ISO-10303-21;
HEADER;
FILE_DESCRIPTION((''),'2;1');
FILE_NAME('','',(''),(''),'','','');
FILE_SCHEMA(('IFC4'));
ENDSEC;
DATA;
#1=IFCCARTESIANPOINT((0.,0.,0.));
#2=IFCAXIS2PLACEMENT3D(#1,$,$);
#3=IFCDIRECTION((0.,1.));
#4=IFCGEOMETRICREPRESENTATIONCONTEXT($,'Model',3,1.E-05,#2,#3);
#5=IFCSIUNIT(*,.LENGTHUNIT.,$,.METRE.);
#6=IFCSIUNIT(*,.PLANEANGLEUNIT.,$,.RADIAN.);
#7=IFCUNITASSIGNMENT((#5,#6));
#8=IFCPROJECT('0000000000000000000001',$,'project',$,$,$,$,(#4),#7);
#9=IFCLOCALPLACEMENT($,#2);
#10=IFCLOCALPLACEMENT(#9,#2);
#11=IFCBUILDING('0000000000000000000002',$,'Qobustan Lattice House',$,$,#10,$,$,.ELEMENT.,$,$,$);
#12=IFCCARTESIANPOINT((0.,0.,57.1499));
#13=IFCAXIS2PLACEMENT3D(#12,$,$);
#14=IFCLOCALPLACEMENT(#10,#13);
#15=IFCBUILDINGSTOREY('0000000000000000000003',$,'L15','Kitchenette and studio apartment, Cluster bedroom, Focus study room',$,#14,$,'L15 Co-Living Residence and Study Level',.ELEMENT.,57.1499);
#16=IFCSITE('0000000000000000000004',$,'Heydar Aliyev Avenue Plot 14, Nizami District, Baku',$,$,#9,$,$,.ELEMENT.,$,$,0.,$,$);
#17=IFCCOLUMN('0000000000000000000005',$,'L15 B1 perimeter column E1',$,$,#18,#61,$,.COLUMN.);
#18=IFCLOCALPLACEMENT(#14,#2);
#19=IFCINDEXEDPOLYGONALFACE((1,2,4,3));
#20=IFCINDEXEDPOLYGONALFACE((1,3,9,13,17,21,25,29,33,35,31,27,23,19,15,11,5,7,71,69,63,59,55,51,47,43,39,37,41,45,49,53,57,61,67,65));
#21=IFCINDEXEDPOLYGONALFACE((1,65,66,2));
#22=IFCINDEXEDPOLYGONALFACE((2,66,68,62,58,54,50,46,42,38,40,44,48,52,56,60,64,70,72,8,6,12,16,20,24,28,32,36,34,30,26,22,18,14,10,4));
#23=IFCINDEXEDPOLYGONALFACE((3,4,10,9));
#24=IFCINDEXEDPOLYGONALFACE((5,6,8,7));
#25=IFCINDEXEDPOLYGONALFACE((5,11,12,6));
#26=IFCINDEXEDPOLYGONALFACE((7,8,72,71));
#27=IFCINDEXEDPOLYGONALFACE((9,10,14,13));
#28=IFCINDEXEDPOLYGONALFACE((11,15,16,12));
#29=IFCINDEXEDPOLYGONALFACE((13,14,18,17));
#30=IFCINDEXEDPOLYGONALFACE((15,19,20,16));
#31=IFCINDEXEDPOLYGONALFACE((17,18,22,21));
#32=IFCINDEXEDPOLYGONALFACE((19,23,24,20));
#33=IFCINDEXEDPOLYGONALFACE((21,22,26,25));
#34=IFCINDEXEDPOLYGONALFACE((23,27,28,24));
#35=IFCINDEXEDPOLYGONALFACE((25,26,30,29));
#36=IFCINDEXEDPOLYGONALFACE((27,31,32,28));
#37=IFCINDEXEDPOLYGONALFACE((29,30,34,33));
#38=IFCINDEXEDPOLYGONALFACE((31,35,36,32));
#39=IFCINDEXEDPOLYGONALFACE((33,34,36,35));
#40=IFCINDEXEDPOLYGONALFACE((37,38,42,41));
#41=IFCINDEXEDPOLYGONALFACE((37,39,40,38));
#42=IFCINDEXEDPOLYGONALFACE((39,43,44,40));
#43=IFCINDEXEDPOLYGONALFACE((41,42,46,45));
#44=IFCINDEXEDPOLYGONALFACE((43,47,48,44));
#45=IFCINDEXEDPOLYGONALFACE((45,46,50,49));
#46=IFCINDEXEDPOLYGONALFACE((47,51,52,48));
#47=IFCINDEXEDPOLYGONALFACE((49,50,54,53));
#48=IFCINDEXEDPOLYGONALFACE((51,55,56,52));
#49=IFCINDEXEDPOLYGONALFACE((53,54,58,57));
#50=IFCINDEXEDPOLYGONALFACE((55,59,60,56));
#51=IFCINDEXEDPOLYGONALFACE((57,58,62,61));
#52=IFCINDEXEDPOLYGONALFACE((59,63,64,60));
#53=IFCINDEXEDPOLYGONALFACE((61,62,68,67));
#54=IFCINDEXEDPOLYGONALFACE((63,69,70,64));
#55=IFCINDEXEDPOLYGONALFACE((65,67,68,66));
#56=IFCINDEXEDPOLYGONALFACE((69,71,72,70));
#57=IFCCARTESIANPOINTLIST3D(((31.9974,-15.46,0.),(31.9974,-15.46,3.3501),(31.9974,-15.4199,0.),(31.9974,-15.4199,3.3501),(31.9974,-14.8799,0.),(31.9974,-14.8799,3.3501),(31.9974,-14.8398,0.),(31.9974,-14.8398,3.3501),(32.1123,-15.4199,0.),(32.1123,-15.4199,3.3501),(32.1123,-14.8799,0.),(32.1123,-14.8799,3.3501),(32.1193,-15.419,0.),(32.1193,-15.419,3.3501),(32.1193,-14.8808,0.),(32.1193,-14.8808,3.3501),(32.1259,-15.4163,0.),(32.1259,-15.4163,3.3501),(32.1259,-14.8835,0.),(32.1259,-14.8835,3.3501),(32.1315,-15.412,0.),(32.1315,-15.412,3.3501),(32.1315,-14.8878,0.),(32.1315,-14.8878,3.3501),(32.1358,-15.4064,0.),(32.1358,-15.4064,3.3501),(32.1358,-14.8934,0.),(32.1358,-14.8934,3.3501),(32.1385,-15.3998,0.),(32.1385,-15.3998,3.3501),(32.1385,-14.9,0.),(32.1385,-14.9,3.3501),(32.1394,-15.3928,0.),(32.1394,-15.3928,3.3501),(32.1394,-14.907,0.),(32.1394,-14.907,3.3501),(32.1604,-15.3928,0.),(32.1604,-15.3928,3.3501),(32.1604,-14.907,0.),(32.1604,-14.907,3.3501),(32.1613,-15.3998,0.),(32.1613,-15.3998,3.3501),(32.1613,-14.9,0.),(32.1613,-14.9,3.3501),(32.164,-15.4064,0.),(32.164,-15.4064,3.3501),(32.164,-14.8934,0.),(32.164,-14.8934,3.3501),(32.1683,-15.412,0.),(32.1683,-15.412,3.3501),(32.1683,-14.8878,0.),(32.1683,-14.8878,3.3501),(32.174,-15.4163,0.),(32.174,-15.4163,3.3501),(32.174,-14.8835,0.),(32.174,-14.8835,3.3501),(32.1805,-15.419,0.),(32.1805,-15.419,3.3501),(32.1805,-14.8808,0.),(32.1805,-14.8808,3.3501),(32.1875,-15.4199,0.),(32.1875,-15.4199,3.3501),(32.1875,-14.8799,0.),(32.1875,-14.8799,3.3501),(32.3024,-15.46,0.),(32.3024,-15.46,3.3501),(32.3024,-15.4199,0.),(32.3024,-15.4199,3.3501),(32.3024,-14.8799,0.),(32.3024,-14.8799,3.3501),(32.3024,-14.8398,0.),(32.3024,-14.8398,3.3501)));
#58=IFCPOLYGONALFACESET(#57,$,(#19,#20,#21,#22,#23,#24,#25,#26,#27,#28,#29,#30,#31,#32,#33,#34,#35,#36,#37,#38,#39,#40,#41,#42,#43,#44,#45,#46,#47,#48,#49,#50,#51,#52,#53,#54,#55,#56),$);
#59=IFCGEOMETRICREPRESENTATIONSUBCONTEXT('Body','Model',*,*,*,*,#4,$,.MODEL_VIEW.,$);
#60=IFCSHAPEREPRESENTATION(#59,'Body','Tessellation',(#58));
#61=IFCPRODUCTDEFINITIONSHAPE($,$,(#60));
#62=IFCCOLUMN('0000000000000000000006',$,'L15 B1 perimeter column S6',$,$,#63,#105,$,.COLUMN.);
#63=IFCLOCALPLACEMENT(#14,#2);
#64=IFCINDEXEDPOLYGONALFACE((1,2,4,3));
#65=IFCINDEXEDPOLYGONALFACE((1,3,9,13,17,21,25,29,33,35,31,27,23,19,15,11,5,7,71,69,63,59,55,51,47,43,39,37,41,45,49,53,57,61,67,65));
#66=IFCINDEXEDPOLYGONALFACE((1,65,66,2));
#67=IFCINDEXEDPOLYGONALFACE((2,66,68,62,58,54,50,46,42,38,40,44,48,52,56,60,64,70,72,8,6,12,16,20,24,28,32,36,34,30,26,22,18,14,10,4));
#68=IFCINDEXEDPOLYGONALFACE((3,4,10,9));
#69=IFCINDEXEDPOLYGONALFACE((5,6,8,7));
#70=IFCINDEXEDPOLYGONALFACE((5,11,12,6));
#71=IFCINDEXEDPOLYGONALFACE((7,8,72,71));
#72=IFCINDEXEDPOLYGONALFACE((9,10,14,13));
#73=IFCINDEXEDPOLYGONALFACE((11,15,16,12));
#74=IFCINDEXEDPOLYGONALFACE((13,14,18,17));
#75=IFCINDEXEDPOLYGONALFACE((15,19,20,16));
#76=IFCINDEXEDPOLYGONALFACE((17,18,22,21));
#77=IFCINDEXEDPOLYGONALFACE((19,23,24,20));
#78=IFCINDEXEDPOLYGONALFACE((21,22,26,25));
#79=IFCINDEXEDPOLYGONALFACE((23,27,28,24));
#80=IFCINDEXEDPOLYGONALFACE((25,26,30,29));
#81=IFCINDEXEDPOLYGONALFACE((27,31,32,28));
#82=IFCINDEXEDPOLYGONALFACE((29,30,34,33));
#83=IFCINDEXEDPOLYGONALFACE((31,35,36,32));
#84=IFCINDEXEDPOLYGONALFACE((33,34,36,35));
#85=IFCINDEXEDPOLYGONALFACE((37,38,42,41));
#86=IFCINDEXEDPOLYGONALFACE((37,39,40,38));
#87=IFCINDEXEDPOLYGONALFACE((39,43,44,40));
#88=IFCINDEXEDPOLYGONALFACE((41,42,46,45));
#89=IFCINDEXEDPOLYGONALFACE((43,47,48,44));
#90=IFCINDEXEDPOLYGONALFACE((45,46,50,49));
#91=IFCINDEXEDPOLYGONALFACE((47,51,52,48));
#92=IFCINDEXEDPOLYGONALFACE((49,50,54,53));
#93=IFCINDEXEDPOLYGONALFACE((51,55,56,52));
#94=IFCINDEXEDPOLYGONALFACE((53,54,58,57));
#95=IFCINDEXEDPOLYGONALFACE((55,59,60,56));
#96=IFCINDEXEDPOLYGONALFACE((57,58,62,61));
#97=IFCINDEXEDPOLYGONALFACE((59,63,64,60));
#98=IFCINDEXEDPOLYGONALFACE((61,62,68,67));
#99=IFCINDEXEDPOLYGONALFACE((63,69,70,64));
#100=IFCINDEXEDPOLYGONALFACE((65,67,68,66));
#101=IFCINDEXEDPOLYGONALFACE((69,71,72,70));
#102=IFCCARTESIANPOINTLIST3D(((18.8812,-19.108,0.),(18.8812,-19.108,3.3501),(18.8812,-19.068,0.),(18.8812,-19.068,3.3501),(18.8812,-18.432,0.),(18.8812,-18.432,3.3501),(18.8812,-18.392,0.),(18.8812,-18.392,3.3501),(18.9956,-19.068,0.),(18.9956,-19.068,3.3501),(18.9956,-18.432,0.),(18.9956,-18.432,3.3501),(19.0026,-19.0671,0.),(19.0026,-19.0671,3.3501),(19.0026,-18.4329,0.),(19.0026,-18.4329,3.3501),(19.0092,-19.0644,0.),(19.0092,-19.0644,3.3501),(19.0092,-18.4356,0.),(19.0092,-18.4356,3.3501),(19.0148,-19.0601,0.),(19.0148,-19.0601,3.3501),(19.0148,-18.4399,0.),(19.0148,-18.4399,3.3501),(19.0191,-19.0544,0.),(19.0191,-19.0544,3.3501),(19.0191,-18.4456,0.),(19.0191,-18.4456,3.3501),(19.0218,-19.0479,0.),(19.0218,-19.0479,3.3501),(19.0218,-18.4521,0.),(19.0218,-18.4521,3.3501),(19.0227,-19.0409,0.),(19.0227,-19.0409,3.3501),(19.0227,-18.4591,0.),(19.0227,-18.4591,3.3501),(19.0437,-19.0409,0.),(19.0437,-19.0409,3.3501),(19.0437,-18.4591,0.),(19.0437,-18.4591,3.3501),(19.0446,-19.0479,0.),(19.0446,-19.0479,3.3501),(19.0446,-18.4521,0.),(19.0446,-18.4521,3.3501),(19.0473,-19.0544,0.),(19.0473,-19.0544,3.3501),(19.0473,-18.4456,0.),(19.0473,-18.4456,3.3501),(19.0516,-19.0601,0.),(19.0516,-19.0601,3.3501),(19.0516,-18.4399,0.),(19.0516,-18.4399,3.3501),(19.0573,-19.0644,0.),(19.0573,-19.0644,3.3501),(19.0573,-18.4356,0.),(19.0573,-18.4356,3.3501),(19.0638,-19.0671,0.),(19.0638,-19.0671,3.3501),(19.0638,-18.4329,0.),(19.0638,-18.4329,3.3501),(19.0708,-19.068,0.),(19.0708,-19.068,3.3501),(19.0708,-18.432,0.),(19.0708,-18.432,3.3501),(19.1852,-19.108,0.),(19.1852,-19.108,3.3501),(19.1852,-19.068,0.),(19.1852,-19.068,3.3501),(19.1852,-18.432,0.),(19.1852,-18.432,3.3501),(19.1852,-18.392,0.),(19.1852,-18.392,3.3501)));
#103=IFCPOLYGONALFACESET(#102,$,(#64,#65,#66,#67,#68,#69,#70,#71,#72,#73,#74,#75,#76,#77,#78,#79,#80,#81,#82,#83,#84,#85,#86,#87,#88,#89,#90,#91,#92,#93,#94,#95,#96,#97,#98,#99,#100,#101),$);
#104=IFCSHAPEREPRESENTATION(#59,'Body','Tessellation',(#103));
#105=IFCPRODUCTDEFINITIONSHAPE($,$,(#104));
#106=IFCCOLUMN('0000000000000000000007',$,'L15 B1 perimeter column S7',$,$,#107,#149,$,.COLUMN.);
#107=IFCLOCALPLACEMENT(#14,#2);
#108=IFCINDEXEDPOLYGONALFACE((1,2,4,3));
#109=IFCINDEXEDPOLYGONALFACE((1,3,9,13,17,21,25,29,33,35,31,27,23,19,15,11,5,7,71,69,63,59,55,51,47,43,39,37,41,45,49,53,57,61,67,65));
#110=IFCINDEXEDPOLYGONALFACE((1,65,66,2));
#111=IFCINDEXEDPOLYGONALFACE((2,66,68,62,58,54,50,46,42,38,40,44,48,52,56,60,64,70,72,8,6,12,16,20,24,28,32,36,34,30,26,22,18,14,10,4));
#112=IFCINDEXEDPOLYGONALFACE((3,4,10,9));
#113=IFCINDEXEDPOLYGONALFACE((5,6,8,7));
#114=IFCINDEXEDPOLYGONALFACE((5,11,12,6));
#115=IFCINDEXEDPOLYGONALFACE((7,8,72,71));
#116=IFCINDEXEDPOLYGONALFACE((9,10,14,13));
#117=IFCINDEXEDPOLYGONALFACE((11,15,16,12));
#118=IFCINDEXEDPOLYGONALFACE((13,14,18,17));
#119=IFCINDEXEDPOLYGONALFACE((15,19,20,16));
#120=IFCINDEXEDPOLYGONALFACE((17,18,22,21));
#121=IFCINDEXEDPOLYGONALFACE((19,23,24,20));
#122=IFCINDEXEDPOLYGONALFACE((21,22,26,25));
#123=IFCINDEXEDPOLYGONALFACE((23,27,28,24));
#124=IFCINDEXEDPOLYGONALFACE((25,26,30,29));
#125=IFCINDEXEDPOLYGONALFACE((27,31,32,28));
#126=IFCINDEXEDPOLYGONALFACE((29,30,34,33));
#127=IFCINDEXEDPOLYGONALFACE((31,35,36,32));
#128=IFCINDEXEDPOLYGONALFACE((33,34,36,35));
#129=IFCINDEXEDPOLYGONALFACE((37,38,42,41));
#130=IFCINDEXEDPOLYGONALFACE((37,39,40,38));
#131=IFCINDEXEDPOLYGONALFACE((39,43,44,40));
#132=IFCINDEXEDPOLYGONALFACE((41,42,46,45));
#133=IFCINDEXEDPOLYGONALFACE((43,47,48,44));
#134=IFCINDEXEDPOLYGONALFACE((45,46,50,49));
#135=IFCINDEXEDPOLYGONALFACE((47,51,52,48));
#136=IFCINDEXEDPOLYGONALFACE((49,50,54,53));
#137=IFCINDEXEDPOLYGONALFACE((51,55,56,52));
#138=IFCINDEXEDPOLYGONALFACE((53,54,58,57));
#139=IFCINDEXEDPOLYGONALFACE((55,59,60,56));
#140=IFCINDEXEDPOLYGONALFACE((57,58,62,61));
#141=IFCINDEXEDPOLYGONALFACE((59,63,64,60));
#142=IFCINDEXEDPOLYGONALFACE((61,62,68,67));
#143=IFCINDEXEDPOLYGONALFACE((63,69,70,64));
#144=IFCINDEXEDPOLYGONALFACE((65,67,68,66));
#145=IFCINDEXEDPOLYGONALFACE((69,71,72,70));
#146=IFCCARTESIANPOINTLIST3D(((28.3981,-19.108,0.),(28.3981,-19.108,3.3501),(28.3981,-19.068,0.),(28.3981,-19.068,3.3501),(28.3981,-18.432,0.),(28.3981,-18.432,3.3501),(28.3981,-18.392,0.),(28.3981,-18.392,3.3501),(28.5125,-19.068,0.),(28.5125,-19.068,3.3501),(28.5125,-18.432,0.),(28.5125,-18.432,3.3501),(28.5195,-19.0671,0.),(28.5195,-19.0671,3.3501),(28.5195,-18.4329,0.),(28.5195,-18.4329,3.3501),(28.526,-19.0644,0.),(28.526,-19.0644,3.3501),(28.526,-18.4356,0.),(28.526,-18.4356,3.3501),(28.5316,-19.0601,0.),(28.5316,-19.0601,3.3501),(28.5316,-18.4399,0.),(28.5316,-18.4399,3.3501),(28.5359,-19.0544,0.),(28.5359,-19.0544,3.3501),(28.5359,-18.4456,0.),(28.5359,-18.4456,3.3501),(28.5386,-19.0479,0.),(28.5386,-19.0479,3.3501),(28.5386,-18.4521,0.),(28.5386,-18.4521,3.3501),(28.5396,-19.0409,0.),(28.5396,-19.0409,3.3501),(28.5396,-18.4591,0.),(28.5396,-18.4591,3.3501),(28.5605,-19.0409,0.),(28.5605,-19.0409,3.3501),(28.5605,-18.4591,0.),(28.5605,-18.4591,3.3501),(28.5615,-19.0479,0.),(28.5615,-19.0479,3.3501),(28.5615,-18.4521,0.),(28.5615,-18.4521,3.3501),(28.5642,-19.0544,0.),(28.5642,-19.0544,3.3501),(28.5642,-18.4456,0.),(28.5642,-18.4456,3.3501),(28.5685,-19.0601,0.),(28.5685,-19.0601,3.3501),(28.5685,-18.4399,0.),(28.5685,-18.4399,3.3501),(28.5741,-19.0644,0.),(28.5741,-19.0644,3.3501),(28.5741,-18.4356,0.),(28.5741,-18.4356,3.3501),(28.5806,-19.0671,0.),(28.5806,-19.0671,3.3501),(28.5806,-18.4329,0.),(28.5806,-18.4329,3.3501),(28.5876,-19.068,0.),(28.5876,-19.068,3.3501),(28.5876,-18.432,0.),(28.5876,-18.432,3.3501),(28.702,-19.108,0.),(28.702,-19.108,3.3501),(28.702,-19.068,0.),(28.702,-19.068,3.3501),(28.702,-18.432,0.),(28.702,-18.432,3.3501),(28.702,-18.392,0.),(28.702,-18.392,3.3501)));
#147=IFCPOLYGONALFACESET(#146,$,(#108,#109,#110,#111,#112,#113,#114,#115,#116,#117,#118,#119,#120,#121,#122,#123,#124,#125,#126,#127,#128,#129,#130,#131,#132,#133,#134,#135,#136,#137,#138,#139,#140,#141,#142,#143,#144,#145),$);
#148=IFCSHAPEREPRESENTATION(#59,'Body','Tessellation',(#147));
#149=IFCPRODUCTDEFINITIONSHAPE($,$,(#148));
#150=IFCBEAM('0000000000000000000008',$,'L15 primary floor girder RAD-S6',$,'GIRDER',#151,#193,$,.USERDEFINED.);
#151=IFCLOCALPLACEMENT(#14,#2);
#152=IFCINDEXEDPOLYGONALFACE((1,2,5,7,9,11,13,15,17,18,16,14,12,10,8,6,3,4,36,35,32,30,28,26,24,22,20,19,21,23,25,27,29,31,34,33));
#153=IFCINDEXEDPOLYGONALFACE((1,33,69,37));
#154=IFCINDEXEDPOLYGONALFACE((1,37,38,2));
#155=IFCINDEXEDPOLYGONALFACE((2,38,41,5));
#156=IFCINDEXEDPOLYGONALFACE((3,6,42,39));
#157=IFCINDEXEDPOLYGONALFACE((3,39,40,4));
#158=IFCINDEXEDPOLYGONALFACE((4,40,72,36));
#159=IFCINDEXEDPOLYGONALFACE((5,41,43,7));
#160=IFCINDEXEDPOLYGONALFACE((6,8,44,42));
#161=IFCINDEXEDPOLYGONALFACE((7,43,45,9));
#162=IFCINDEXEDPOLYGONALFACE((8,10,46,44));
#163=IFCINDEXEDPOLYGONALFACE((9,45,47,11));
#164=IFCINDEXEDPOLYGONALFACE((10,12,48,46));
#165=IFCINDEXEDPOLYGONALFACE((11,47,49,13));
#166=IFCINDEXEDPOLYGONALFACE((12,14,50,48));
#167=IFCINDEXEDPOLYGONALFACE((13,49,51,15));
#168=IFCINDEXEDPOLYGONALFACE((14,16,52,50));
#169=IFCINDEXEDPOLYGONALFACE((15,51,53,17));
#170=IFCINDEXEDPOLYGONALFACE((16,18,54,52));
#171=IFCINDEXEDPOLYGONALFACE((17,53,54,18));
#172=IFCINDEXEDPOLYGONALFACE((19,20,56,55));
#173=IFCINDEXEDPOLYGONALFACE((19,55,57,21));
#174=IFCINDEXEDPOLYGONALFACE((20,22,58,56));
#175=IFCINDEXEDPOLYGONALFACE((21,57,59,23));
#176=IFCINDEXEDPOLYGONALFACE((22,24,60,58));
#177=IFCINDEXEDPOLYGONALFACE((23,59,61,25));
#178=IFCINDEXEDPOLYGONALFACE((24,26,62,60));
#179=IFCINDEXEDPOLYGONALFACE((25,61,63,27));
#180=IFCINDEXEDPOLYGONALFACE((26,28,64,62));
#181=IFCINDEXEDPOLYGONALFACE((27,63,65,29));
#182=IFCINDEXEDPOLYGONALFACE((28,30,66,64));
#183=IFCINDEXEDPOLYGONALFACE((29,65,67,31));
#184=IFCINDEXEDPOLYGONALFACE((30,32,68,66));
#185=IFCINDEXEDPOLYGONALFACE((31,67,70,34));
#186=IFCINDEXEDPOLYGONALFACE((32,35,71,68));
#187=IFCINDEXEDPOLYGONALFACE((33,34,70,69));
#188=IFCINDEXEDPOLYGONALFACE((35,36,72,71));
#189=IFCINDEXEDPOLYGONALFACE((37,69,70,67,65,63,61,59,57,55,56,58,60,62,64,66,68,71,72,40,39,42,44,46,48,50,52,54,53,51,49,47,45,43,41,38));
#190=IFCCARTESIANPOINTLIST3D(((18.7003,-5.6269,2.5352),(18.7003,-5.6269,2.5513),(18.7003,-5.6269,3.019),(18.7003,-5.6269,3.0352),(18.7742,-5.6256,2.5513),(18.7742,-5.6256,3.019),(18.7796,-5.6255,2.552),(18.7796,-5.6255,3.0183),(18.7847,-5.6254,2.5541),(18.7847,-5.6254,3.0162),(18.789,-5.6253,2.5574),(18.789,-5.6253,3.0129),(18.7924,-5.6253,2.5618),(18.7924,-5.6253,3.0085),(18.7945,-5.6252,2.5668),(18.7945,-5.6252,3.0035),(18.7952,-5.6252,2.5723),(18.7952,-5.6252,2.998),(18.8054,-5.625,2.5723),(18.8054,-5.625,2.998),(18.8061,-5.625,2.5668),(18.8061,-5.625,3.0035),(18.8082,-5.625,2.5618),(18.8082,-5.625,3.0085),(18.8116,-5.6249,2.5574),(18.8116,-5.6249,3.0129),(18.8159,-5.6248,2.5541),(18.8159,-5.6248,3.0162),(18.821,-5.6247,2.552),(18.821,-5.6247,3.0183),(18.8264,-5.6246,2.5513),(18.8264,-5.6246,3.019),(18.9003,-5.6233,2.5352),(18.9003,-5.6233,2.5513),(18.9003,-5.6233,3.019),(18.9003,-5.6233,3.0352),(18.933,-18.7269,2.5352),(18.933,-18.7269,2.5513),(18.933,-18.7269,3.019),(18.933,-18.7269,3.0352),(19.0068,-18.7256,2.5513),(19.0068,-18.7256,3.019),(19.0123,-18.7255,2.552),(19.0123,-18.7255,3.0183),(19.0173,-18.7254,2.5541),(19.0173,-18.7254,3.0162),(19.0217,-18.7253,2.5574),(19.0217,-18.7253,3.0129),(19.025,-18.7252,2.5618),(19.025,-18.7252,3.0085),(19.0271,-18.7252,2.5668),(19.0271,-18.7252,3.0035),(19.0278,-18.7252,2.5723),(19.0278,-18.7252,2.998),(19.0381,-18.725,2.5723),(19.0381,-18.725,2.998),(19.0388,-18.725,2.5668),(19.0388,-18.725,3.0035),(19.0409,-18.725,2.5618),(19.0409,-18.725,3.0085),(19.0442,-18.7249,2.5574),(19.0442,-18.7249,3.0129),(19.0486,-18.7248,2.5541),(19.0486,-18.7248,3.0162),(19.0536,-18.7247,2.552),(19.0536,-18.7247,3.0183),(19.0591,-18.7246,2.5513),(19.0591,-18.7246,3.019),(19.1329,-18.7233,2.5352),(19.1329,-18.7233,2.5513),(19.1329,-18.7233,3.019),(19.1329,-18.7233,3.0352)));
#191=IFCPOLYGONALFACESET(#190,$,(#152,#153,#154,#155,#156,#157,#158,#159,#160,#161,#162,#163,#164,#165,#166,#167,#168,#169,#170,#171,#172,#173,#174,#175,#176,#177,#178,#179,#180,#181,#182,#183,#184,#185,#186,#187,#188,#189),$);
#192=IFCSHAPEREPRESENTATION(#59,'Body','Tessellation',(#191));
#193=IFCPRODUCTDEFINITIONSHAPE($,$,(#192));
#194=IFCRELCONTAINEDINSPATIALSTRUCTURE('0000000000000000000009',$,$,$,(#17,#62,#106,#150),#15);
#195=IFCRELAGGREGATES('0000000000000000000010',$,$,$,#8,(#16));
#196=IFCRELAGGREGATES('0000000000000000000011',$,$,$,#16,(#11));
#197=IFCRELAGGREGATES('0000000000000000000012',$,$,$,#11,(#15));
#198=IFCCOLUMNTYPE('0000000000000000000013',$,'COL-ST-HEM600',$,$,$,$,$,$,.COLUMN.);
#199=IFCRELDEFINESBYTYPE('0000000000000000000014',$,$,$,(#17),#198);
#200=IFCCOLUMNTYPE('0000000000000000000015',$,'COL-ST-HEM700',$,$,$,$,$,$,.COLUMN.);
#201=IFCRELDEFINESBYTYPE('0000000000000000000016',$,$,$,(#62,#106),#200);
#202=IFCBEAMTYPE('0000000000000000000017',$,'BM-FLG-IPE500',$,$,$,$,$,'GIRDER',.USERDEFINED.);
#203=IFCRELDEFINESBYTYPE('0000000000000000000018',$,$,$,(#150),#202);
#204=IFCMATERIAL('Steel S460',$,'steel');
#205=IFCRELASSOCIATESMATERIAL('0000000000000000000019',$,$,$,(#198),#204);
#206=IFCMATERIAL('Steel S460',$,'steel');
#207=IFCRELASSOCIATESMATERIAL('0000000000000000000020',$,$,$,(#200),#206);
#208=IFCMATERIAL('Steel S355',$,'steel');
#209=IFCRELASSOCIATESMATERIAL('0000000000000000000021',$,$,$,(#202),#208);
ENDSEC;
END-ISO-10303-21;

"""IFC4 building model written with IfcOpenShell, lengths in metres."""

from ifc_helpers import new_model, si_unit, direction, frame, origin, origin_2d, place, context, subcontext, project, spatial, i_section, extrude, material, material_profile, profile_set, type_object, element, save


model = new_model("IFC4")

# Units and contexts
model_context = context("Model", 3, precision=1e-05, world=origin(), true_north=direction((0.0, 1.0)))
body_context = subcontext(model_context, "Body", "Model", "MODEL_VIEW")
ifc_project = project(units=[si_unit("LENGTHUNIT", "METRE"), si_unit("PLANEANGLEUNIT", "RADIAN")], contexts=[model_context])

# Site, building, storey
site_placement = place(None, origin())
site = spatial("IfcSite", under=ifc_project, at=site_placement, Name="Heydar Aliyev Avenue Plot 14, Nizami District, Baku", CompositionType="ELEMENT", RefElevation=0.0)
building_placement = place(site_placement, origin())
building = spatial("IfcBuilding", under=site, at=building_placement, Name="Qobustan Lattice House", CompositionType="ELEMENT")
storey_placement = place(building_placement, frame((0.0, 0.0, 57.1499)))
storey = spatial("IfcBuildingStorey", under=building, at=storey_placement, Name="L15", Description="Kitchenette and studio apartment, Cluster bedroom, Focus study room", LongName="L15 Co-Living Residence and Study Level", CompositionType="ELEMENT", Elevation=57.1499)

# Columns
ifc_material_1 = material(Name="Steel S460", Category="steel")
ifc_material_profile_1 = material_profile(ifc_material_1, i_section(OverallWidth=0.3049, OverallDepth=0.6201, WebThickness=0.021, FlangeThickness=0.04, FilletRadius=0.0271, at=origin_2d()), Name="HEM600")
ifc_profile_set_1 = profile_set([ifc_material_profile_1], Name="Steel S460")
column_type_1 = type_object("IfcColumnType", Name="COL-ST-HEM600", PredefinedType="COLUMN", material=ifc_profile_set_1)
column_placement = place(storey_placement, frame((32.1499, -15.1499, 0.0), z_axis=(0.0, 0.0, 1.0), x_axis=(1.0, 0.0, 0.0)))
element("IfcColumn", 1, at=column_placement, inside=storey, type_object=column_type_1, Name="L15 B1 perimeter column E1", PredefinedType="COLUMN", context=body_context, shape_type="SweptSolid", body=[
    extrude(i_section(OverallWidth=0.3049, OverallDepth=0.6201, WebThickness=0.021, FlangeThickness=0.04, FilletRadius=0.0271, at=origin_2d()), origin(), (0.0, 0.0, 1.0), 3.3501),
])
ifc_material_2 = material(Name="Steel S460", Category="steel")
ifc_material_profile_2 = material_profile(ifc_material_2, i_section(OverallWidth=0.304, OverallDepth=0.7161, WebThickness=0.021, FlangeThickness=0.04, FilletRadius=0.0271, at=origin_2d()), Name="HEM700")
ifc_profile_set_2 = profile_set([ifc_material_profile_2], Name="Steel S460")
column_type_2 = type_object("IfcColumnType", Name="COL-ST-HEM700", PredefinedType="COLUMN", material=ifc_profile_set_2)
for number, where, z_axis, x_axis, name in (
    (2, (19.0332, -18.75, 0.0), (0.0, 0.0, 1.0), (1.0, 0.0, 0.0), "L15 B1 perimeter column S6"),
    (3, (28.55, -18.75, 0.0), (0.0, 0.0, 1.0), (1.0, 0.0, 0.0), "L15 B1 perimeter column S7"),
):
    element("IfcColumn", number, at=place(storey_placement, frame(where, z_axis=z_axis, x_axis=x_axis)), inside=storey, type_object=column_type_2, Name=name, PredefinedType="COLUMN", context=body_context, shape_type="SweptSolid", body=[
        extrude(i_section(OverallWidth=0.304, OverallDepth=0.7161, WebThickness=0.021, FlangeThickness=0.04, FilletRadius=0.0271, at=origin_2d()), origin(), (0.0, 0.0, 1.0), 3.3501),
    ])

# Beam
ifc_material_3 = material(Name="Steel S355", Category="steel")
ifc_material_profile_3 = material_profile(ifc_material_3, i_section(OverallWidth=0.2, OverallDepth=0.5, WebThickness=0.0103, FlangeThickness=0.0161, FilletRadius=0.021, at=origin_2d()), Name="IPE500")
ifc_profile_set_3 = profile_set([ifc_material_profile_3], Name="Steel S355")
beam_type_1 = type_object("IfcBeamType", Name="BM-FLG-IPE500", ElementType="GIRDER", PredefinedType="USERDEFINED", material=ifc_profile_set_3)
beam_1_placement = place(storey_placement, frame((19.033, -18.7251, 2.7852), z_axis=(-0.017758, 0.999842, 0.0), x_axis=(-0.999842, -0.017758, 0.0)))
element("IfcBeam", 4, at=beam_1_placement, inside=storey, type_object=beam_type_1, Name="L15 primary floor girder RAD-S6", ObjectType="GIRDER", PredefinedType="USERDEFINED", context=body_context, shape_type="SweptSolid", body=[
    extrude(i_section(OverallWidth=0.2, OverallDepth=0.5, WebThickness=0.0103, FlangeThickness=0.0161, FilletRadius=0.021, at=origin_2d()), origin(), (0.0, 0.0, 1.0), 13.1021),
])

save(model, "model.ifc")
